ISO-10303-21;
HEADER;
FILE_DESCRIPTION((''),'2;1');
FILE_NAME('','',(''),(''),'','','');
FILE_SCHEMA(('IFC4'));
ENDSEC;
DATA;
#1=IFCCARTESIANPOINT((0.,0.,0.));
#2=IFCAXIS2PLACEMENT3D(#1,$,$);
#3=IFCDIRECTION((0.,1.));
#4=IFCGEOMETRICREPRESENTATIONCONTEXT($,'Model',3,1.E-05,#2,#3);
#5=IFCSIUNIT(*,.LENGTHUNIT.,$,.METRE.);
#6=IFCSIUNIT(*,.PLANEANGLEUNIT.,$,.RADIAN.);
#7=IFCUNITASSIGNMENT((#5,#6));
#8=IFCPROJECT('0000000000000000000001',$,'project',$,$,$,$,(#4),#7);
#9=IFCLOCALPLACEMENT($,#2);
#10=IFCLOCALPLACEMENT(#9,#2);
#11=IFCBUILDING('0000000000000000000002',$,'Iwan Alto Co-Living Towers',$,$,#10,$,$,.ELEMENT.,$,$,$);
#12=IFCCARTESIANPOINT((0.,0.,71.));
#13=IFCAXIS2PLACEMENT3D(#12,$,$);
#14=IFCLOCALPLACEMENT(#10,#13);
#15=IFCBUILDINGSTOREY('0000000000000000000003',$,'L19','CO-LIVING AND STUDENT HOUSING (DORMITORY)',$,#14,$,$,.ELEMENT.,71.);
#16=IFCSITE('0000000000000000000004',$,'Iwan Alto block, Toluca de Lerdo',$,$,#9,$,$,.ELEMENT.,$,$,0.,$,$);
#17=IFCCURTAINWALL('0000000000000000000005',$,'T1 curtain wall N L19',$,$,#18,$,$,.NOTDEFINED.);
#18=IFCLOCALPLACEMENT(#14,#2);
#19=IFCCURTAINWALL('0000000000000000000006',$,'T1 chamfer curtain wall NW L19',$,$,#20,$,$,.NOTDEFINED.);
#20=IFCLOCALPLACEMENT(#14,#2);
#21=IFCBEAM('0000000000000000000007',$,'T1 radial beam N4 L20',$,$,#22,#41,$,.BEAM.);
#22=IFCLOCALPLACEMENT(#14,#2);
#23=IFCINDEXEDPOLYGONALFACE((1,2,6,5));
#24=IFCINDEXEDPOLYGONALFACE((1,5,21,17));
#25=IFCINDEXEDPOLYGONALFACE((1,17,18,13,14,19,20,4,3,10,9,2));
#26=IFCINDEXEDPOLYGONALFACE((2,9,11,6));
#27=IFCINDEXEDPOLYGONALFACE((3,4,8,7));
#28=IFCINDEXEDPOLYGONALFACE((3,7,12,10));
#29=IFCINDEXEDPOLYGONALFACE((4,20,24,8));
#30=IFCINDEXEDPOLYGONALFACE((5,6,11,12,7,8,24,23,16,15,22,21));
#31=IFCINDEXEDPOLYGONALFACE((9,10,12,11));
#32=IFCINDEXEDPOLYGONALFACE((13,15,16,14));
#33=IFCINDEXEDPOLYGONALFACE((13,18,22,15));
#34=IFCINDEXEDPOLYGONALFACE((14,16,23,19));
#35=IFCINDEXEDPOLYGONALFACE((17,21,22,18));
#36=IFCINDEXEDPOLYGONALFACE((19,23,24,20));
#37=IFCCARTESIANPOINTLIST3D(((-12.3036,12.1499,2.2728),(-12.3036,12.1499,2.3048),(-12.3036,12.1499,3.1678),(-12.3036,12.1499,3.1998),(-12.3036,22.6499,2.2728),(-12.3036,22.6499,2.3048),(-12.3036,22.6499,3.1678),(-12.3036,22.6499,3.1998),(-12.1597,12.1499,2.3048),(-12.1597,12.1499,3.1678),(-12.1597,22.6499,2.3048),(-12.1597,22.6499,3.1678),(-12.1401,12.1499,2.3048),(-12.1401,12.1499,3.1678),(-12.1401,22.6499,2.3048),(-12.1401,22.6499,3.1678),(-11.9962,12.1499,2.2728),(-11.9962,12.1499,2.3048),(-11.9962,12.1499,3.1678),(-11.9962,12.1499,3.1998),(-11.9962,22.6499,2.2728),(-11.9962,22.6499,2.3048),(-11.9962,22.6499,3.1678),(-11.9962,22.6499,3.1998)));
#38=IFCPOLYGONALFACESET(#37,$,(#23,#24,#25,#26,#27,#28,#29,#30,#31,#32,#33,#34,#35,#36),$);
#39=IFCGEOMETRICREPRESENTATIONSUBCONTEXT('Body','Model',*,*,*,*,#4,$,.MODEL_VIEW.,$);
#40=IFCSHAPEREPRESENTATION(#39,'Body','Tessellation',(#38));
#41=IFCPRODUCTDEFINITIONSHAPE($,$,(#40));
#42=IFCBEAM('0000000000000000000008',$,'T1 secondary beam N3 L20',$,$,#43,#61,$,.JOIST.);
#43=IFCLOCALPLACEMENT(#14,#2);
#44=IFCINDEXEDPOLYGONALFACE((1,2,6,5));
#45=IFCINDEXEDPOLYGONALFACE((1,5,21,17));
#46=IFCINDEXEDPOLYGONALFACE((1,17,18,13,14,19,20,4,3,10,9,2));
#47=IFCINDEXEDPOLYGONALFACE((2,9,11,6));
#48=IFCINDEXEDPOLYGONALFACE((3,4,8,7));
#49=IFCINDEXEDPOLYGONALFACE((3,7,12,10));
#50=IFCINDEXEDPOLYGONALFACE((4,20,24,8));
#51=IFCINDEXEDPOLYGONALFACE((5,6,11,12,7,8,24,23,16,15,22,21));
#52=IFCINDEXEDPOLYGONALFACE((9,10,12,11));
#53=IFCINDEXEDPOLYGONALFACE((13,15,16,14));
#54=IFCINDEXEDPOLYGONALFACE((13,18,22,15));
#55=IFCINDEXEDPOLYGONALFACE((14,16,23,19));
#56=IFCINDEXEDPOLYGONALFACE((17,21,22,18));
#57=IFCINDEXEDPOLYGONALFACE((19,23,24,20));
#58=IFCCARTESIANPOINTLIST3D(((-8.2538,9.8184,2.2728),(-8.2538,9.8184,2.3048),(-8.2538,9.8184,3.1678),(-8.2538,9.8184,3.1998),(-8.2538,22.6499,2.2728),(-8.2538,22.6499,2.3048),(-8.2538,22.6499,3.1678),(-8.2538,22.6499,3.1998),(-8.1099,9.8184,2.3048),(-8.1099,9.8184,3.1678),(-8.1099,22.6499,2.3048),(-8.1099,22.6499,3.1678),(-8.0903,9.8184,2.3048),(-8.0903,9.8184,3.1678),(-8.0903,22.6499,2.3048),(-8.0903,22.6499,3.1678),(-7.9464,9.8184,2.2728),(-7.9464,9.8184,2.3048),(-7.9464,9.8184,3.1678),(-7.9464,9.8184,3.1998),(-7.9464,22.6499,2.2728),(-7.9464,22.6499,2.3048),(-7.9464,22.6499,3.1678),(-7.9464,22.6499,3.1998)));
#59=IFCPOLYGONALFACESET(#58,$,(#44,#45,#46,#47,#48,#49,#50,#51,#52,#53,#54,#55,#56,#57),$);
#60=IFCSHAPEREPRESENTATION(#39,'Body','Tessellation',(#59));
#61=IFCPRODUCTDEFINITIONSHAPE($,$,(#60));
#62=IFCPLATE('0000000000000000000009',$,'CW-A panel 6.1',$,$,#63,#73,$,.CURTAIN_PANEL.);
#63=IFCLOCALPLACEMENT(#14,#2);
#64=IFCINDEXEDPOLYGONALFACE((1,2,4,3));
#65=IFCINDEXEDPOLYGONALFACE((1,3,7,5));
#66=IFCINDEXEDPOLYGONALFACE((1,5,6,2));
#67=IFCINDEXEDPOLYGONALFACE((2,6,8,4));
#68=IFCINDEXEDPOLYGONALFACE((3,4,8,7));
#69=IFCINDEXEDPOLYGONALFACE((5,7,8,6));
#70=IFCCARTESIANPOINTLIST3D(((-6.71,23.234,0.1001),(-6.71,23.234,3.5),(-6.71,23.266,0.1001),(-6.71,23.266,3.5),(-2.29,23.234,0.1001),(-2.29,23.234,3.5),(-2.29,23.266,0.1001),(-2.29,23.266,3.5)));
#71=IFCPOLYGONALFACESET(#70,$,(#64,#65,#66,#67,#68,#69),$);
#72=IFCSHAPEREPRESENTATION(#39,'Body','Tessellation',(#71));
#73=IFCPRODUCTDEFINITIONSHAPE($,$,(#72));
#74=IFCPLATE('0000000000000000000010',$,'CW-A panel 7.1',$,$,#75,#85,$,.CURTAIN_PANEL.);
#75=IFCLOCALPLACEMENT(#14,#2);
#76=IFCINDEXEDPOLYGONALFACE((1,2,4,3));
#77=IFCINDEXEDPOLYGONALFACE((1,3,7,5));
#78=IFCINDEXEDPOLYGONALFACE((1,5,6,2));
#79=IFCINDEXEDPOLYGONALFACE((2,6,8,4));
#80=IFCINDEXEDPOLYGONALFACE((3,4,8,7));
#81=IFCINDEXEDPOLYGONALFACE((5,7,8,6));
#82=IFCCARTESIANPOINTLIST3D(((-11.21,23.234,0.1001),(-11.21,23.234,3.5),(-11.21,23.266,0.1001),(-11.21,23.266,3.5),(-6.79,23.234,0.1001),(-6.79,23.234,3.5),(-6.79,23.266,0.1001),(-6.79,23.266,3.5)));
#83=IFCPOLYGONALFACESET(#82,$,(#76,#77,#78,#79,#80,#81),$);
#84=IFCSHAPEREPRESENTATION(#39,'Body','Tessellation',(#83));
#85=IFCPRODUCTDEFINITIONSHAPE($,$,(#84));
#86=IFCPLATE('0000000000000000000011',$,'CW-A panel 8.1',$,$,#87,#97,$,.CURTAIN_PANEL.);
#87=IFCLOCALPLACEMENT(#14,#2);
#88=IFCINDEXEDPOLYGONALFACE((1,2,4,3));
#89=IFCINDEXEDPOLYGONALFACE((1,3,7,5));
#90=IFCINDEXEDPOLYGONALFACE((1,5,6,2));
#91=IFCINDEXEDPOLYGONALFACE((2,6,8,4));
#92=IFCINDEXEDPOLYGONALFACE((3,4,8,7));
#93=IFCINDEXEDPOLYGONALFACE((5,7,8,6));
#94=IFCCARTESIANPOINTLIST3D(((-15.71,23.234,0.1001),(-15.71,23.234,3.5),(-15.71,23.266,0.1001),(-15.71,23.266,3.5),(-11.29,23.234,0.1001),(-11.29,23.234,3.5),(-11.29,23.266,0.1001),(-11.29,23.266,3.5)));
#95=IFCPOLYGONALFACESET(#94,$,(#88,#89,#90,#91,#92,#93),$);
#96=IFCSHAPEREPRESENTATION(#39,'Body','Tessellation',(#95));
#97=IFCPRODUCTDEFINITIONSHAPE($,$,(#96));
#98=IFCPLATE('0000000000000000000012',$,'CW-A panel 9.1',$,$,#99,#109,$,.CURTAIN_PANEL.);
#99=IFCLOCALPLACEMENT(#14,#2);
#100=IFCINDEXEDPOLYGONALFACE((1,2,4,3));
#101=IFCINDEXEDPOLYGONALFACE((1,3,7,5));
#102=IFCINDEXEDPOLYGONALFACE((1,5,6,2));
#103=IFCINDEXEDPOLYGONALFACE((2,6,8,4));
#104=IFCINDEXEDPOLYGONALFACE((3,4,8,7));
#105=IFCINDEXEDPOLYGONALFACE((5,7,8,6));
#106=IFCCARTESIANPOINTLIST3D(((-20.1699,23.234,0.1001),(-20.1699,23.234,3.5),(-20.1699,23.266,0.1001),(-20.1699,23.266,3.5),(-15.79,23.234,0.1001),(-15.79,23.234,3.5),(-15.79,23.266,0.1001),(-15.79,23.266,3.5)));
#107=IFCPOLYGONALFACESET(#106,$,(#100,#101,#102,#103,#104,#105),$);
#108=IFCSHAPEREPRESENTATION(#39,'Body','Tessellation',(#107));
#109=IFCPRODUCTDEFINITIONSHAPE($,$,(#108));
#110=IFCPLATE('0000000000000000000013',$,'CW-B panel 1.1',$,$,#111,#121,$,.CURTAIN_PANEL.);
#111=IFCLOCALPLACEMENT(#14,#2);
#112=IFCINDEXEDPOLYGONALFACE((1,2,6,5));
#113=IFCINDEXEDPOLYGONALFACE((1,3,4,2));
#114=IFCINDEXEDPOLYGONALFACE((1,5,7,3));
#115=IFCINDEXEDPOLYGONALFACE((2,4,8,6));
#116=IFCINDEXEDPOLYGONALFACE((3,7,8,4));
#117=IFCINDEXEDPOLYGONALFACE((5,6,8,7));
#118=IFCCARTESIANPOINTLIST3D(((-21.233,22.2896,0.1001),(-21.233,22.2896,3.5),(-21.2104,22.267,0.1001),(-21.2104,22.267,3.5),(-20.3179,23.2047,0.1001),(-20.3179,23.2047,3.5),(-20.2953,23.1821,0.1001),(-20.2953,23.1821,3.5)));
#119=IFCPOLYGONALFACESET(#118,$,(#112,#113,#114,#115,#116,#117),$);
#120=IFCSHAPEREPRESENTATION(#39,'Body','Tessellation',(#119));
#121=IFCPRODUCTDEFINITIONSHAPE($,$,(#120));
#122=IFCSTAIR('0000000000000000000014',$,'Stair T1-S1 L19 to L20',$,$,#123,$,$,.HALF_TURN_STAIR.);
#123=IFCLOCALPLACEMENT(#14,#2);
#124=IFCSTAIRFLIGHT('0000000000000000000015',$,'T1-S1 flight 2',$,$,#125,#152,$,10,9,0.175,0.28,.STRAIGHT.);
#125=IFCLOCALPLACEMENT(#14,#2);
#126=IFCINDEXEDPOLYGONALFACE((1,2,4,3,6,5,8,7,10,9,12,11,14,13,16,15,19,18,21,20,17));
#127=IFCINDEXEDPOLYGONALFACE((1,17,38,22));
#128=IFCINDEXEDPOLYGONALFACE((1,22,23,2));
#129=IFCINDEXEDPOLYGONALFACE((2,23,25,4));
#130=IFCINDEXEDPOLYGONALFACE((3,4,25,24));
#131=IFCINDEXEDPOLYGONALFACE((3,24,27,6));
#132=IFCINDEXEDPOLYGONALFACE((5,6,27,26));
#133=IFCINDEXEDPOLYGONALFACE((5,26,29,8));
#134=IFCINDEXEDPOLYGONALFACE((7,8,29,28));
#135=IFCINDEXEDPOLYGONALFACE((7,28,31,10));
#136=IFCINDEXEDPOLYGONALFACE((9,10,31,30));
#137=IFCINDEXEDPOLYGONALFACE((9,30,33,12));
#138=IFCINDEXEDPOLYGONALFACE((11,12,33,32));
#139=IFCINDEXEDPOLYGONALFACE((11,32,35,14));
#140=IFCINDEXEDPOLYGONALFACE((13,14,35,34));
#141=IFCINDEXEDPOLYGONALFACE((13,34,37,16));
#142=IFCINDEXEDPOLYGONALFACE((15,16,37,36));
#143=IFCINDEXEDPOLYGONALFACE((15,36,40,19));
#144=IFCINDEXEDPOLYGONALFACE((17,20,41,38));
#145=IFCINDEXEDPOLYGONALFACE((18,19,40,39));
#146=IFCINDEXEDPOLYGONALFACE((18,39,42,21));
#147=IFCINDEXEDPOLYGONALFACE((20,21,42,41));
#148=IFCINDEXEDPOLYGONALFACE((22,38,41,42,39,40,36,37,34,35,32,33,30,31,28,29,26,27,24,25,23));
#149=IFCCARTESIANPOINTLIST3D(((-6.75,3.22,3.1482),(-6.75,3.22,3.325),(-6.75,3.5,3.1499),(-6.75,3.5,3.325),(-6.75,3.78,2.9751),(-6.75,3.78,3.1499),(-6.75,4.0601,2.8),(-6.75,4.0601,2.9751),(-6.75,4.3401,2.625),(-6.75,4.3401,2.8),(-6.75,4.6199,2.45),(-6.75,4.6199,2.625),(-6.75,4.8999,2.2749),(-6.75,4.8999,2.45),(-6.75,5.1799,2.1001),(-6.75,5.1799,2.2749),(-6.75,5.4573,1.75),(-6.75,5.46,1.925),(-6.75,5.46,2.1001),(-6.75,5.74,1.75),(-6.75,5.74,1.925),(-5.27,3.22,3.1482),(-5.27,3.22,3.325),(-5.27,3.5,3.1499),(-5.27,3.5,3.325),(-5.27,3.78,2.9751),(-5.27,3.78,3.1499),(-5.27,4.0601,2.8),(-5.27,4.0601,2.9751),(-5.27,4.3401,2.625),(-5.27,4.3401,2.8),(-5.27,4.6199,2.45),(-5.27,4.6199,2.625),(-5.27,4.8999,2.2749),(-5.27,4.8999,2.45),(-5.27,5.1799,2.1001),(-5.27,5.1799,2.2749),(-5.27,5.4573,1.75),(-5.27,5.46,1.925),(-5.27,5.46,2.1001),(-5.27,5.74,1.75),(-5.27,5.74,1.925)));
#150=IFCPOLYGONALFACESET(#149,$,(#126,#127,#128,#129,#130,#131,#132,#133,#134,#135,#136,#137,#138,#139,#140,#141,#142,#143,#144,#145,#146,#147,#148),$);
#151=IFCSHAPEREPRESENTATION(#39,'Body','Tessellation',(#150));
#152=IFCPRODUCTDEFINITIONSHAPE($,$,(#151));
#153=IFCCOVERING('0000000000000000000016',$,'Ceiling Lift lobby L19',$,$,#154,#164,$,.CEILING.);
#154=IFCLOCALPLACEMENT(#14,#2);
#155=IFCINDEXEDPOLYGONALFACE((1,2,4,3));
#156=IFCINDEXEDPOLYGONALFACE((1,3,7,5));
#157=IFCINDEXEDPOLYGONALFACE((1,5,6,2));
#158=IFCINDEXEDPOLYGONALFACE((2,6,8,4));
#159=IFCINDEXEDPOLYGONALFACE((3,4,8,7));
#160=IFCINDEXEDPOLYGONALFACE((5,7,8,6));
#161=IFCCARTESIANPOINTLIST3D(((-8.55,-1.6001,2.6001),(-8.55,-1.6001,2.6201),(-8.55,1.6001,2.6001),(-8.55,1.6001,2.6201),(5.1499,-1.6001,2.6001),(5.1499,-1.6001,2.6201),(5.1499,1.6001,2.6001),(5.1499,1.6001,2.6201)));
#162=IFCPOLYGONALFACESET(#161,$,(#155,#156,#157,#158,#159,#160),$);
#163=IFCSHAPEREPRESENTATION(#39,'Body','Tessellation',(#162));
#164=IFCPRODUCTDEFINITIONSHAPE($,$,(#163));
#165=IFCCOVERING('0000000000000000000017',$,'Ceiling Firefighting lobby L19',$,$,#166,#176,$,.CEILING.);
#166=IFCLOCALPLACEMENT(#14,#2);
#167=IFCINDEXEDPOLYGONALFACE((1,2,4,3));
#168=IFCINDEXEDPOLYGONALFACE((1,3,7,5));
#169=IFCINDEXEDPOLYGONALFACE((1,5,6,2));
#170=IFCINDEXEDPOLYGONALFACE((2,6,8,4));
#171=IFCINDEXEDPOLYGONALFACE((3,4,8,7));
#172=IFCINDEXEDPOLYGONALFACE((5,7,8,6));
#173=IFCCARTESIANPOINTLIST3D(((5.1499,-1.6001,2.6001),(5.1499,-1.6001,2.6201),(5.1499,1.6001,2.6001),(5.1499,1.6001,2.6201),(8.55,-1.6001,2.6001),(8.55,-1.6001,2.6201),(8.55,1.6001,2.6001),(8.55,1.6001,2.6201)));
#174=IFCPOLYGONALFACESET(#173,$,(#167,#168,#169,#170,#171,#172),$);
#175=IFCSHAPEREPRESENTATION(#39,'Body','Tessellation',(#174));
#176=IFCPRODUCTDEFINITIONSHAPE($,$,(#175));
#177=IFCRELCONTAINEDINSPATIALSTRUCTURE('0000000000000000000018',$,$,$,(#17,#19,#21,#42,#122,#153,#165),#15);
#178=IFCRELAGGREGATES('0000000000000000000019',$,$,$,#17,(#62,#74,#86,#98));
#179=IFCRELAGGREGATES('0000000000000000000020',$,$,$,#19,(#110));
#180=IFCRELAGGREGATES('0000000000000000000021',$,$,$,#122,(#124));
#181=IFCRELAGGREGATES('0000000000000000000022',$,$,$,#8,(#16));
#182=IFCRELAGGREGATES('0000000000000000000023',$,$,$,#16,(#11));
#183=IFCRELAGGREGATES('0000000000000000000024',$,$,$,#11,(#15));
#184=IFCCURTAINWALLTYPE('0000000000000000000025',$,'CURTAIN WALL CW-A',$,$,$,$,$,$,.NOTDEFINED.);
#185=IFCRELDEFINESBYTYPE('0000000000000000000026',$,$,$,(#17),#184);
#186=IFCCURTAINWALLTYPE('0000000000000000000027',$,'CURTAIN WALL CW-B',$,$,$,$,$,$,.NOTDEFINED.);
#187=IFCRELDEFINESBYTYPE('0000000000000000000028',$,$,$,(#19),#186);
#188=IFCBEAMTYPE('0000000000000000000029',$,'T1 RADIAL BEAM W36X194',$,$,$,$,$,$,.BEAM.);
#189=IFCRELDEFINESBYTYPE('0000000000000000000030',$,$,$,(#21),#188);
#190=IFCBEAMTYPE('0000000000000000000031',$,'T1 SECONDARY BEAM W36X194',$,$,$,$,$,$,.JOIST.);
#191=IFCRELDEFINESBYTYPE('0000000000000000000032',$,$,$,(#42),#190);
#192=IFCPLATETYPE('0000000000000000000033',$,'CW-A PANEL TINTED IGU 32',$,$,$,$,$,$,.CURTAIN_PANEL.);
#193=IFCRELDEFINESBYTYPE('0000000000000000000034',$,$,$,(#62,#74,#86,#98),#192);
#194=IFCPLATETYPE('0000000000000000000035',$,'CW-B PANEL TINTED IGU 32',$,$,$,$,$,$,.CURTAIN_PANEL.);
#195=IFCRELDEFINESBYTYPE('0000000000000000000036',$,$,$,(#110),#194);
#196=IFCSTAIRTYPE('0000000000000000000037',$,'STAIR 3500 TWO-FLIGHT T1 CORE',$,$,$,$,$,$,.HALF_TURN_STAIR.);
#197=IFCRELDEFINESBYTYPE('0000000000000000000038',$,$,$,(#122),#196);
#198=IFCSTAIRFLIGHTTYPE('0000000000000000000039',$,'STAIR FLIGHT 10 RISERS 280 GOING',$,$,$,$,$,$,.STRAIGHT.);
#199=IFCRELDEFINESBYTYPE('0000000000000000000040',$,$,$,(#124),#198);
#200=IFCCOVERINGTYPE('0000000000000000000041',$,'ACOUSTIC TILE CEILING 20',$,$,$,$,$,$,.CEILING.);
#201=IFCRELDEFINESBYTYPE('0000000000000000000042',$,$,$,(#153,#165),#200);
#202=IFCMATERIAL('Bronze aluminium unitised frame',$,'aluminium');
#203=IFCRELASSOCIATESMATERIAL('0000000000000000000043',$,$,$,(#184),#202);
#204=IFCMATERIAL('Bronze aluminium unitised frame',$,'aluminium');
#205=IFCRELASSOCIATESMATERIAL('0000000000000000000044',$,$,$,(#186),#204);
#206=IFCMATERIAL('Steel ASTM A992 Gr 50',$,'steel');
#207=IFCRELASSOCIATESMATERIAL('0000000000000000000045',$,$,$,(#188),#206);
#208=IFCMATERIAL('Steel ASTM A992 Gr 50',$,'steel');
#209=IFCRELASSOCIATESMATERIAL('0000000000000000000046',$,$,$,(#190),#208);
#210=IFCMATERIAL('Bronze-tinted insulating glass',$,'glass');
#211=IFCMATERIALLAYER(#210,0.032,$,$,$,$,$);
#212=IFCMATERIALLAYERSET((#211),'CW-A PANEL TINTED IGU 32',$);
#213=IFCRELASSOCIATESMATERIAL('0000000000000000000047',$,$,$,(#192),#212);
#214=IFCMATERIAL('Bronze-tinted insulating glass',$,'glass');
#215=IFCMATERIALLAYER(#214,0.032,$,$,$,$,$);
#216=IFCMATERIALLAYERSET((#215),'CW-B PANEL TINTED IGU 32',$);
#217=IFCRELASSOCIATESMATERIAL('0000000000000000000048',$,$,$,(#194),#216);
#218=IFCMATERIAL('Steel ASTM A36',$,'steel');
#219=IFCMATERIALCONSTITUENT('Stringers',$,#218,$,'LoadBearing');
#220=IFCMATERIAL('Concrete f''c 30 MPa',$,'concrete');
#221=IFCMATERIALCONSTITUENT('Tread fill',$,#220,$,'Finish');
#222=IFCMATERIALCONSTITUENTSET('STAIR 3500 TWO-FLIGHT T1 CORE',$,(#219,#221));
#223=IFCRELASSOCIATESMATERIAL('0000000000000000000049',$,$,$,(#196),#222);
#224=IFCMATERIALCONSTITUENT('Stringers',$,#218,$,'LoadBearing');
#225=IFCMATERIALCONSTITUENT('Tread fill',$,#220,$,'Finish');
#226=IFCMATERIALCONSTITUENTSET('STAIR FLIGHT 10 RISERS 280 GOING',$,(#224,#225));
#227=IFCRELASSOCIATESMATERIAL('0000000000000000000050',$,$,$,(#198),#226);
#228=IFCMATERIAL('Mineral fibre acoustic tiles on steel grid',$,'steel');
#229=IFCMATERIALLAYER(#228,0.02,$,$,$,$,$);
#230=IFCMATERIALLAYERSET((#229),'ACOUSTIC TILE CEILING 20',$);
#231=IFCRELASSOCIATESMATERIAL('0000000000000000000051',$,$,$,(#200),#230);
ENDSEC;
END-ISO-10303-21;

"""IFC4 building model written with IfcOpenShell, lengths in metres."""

from ifc_helpers import new_model, si_unit, direction, frame, origin, origin_2d, place, context, subcontext, project, spatial, polyline, rectangle, i_section, outline, extrude, material, layer, layer_set, constituent, constituent_set, material_profile, profile_set, type_object, element, aggregate, save


model = new_model("IFC4")

# Units and contexts
model_context = context("Model", 3, precision=1e-05, world=origin(), true_north=direction((0.0, 1.0)))
body_context = subcontext(model_context, "Body", "Model", "MODEL_VIEW")
ifc_project = project(units=[si_unit("LENGTHUNIT", "METRE"), si_unit("PLANEANGLEUNIT", "RADIAN")], contexts=[model_context])

# Site, building, storey
site_placement = place(None, origin())
site = spatial("IfcSite", under=ifc_project, at=site_placement, Name="Iwan Alto block, Toluca de Lerdo", CompositionType="ELEMENT", RefElevation=0.0)
building_placement = place(site_placement, origin())
building = spatial("IfcBuilding", under=site, at=building_placement, Name="Iwan Alto Co-Living Towers", CompositionType="ELEMENT")
storey_placement = place(building_placement, frame((0.0, 0.0, 71.0)))
storey = spatial("IfcBuildingStorey", under=building, at=storey_placement, Name="L19", Description="CO-LIVING AND STUDENT HOUSING (DORMITORY)", CompositionType="ELEMENT", Elevation=71.0)

# Curtain wall
ifc_material_1 = material(Name="Bronze aluminium unitised frame", Category="aluminium")
curtain_wall_type_1 = type_object("IfcCurtainWallType", Name="CURTAIN WALL CW-A", PredefinedType="NOTDEFINED", material=ifc_material_1)
curtain_wall_1_placement = place(storey_placement, origin())
curtain_wall_1 = element("IfcCurtainWall", 1, at=curtain_wall_1_placement, inside=storey, type_object=curtain_wall_type_1, Name="T1 curtain wall N L19", PredefinedType="NOTDEFINED")

# Curtain wall
ifc_material_2 = material(Name="Bronze aluminium unitised frame", Category="aluminium")
curtain_wall_type_2 = type_object("IfcCurtainWallType", Name="CURTAIN WALL CW-B", PredefinedType="NOTDEFINED", material=ifc_material_2)
curtain_wall_2_placement = place(storey_placement, origin())
curtain_wall_2 = element("IfcCurtainWall", 2, at=curtain_wall_2_placement, inside=storey, type_object=curtain_wall_type_2, Name="T1 chamfer curtain wall NW L19", PredefinedType="NOTDEFINED")

# Beams
ifc_material_3 = material(Name="Steel ASTM A992 Gr 50", Category="steel")
ifc_material_profile_1 = material_profile(ifc_material_3, i_section(OverallWidth=0.3074, OverallDepth=0.927, WebThickness=0.0195, FlangeThickness=0.032, at=origin_2d()), Name="W36X194")
ifc_profile_set_1 = profile_set([ifc_material_profile_1], Name="Steel ASTM A992 Gr 50")
beam_type_1 = type_object("IfcBeamType", Name="T1 RADIAL BEAM W36X194", PredefinedType="BEAM", material=ifc_profile_set_1)
beam_1_placement = place(storey_placement, frame((-12.1499, 22.6499, 2.7363), z_axis=(0.0, -1.0, 0.0), x_axis=(1.0, 0.0, 0.0)))
element("IfcBeam", 3, at=beam_1_placement, inside=storey, type_object=beam_type_1, Name="T1 radial beam N4 L20", PredefinedType="BEAM", context=body_context, shape_type="SweptSolid", body=[
    extrude(i_section(OverallWidth=0.3074, OverallDepth=0.927, WebThickness=0.0195, FlangeThickness=0.032, at=origin_2d()), origin(), (0.0, 0.0, 1.0), 10.5),
])
ifc_material_4 = material(Name="Steel ASTM A992 Gr 50", Category="steel")
ifc_material_profile_2 = material_profile(ifc_material_4, i_section(OverallWidth=0.3074, OverallDepth=0.927, WebThickness=0.0195, FlangeThickness=0.032, at=origin_2d()), Name="W36X194")
ifc_profile_set_2 = profile_set([ifc_material_profile_2], Name="Steel ASTM A992 Gr 50")
beam_type_2 = type_object("IfcBeamType", Name="T1 SECONDARY BEAM W36X194", PredefinedType="JOIST", material=ifc_profile_set_2)
beam_2_placement = place(storey_placement, frame((-8.1001, 22.6499, 2.7363), z_axis=(0.0, -1.0, 0.0), x_axis=(1.0, 0.0, 0.0)))
element("IfcBeam", 4, at=beam_2_placement, inside=storey, type_object=beam_type_2, Name="T1 secondary beam N3 L20", PredefinedType="JOIST", context=body_context, shape_type="SweptSolid", body=[
    extrude(i_section(OverallWidth=0.3074, OverallDepth=0.927, WebThickness=0.0195, FlangeThickness=0.032, at=origin_2d()), origin(), (0.0, 0.0, 1.0), 12.8315),
])

# Plates
ifc_material_5 = material(Name="Bronze-tinted insulating glass", Category="glass")
ifc_layer_1 = layer(ifc_material_5, 0.032)
ifc_layer_set_1 = layer_set([ifc_layer_1], Name="CW-A PANEL TINTED IGU 32")
plate_type_1 = type_object("IfcPlateType", Name="CW-A PANEL TINTED IGU 32", PredefinedType="CURTAIN_PANEL", material=ifc_layer_set_1)
plate_1_placement = place(storey_placement, frame((-4.5, 23.25, 0.1001), z_axis=(0.0, 0.0, 1.0), x_axis=(-1.0, 0.0, 0.0)))
plate_1 = element("IfcPlate", 5, at=plate_1_placement, type_object=plate_type_1, Name="CW-A panel 6.1", PredefinedType="CURTAIN_PANEL", context=body_context, shape_type="SweptSolid", body=[
    extrude(rectangle(XDim=4.4199, YDim=0.032, at=origin_2d()), origin(), (0.0, 0.0, 1.0), 3.3999),
])
plate_2_placement = place(storey_placement, frame((-9.0, 23.25, 0.1001), z_axis=(0.0, 0.0, 1.0), x_axis=(-1.0, 0.0, 0.0)))
plate_2 = element("IfcPlate", 6, at=plate_2_placement, type_object=plate_type_1, Name="CW-A panel 7.1", PredefinedType="CURTAIN_PANEL", context=body_context, shape_type="SweptSolid", body=[
    extrude(rectangle(XDim=4.4199, YDim=0.032, at=origin_2d()), origin(), (0.0, 0.0, 1.0), 3.3999),
])
plate_3_placement = place(storey_placement, frame((-13.5, 23.25, 0.1001), z_axis=(0.0, 0.0, 1.0), x_axis=(-1.0, 0.0, 0.0)))
plate_3 = element("IfcPlate", 7, at=plate_3_placement, type_object=plate_type_1, Name="CW-A panel 8.1", PredefinedType="CURTAIN_PANEL", context=body_context, shape_type="SweptSolid", body=[
    extrude(rectangle(XDim=4.4199, YDim=0.032, at=origin_2d()), origin(), (0.0, 0.0, 1.0), 3.3999),
])
plate_4_placement = place(storey_placement, frame((-17.98, 23.25, 0.1001), z_axis=(0.0, 0.0, 1.0), x_axis=(-1.0, 0.0, 0.0)))
plate_4 = element("IfcPlate", 8, at=plate_4_placement, type_object=plate_type_1, Name="CW-A panel 9.1", PredefinedType="CURTAIN_PANEL", context=body_context, shape_type="SweptSolid", body=[
    extrude(rectangle(XDim=4.3799, YDim=0.032, at=origin_2d()), origin(), (0.0, 0.0, 1.0), 3.3999),
])
aggregate(curtain_wall_1, [plate_1, plate_2, plate_3, plate_4])
ifc_material_6 = material(Name="Bronze-tinted insulating glass", Category="glass")
ifc_layer_2 = layer(ifc_material_6, 0.032)
ifc_layer_set_2 = layer_set([ifc_layer_2], Name="CW-B PANEL TINTED IGU 32")
plate_type_2 = type_object("IfcPlateType", Name="CW-B PANEL TINTED IGU 32", PredefinedType="CURTAIN_PANEL", material=ifc_layer_set_2)
plate_5_placement = place(storey_placement, frame((-20.7642, 22.7358, 0.1001), z_axis=(0.0, 0.0, 1.0), x_axis=(-0.707107, -0.707107, 0.0)))
plate_5 = element("IfcPlate", 9, at=plate_5_placement, type_object=plate_type_2, Name="CW-B panel 1.1", PredefinedType="CURTAIN_PANEL", context=body_context, shape_type="SweptSolid", body=[
    extrude(rectangle(XDim=1.2942, YDim=0.032, at=origin_2d()), origin(), (0.0, 0.0, 1.0), 3.3999),
])
aggregate(curtain_wall_2, [plate_5])

# Stair, stair flight
ifc_material_7 = material(Name="Steel ASTM A36", Category="steel")
ifc_constituent_1 = constituent(ifc_material_7, Name="Stringers", Category="LoadBearing")
ifc_material_8 = material(Name="Concrete f'c 30 MPa", Category="concrete")
ifc_constituent_2 = constituent(ifc_material_8, Name="Tread fill", Category="Finish")
ifc_constituent_set_1 = constituent_set(constituents=[ifc_constituent_1, ifc_constituent_2], Name="STAIR 3500 TWO-FLIGHT T1 CORE")
stair_type = type_object("IfcStairType", Name="STAIR 3500 TWO-FLIGHT T1 CORE", PredefinedType="HALF_TURN_STAIR", material=ifc_constituent_set_1)
stair_placement = place(storey_placement, origin())
stair = element("IfcStair", 10, at=stair_placement, inside=storey, type_object=stair_type, Name="Stair T1-S1 L19 to L20", PredefinedType="HALF_TURN_STAIR")
ifc_constituent_3 = constituent(ifc_material_7, Name="Stringers", Category="LoadBearing")
ifc_constituent_4 = constituent(ifc_material_8, Name="Tread fill", Category="Finish")
ifc_constituent_set_2 = constituent_set(constituents=[ifc_constituent_3, ifc_constituent_4], Name="STAIR FLIGHT 10 RISERS 280 GOING")
stair_flight_type = type_object("IfcStairFlightType", Name="STAIR FLIGHT 10 RISERS 280 GOING", PredefinedType="STRAIGHT", material=ifc_constituent_set_2)
stair_flight_placement = place(storey_placement, frame((-6.01, 5.74, 1.75), z_axis=(0.0, 0.0, 1.0), x_axis=(0.0, -1.0, 0.0)))
stair_flight = element("IfcStairFlight", 11, at=stair_flight_placement, type_object=stair_flight_type, Name="T1-S1 flight 2", NumberOfRisers=10, NumberOfTreads=9, PredefinedType="STRAIGHT", RiserHeight=0.175, TreadLength=0.28, context=body_context, shape_type="SweptSolid", body=[
    extrude(outline(polyline([(0.0, 0.0), (0.0, 0.175), (0.28, 0.175), (0.28, 0.3501), (0.5601, 0.3501), (0.5601, 0.5249), (0.8401, 0.5249), (0.8401, 0.7), (1.1201, 0.7), (1.1201, 0.875), (1.3999, 0.875), (1.3999, 1.05), (1.6799, 1.05), (1.6799, 1.2251), (1.96, 1.2251), (1.96, 1.3999), (2.24, 1.3999), (2.24, 1.575), (2.52, 1.575), (2.52, 1.75), (2.52, 1.3982), (0.2827, 0.0), (0.0, 0.0)])), frame((0.0, 0.74, 0.0), z_axis=(0.0, -1.0, 0.0), x_axis=(1.0, 0.0, 0.0)), (0.0, 0.0, 1.0), 1.48),
])
aggregate(stair, [stair_flight])

# Coverings
ifc_material_9 = material(Name="Mineral fibre acoustic tiles on steel grid", Category="steel")
ifc_layer_3 = layer(ifc_material_9, 0.02)
ifc_layer_set_3 = layer_set([ifc_layer_3], Name="ACOUSTIC TILE CEILING 20")
covering_type = type_object("IfcCoveringType", Name="ACOUSTIC TILE CEILING 20", PredefinedType="CEILING", material=ifc_layer_set_3)
covering_1_placement = place(storey_placement, frame((0.0, 0.0, 2.6001)))
element("IfcCovering", 12, at=covering_1_placement, inside=storey, type_object=covering_type, Name="Ceiling Lift lobby L19", PredefinedType="CEILING", context=body_context, shape_type="SweptSolid", body=[
    extrude(outline(polyline([(-8.55, -1.6001), (-8.55, 1.6001), (5.1499, 1.6001), (5.1499, -1.6001), (-8.55, -1.6001)])), origin(), (0.0, 0.0, 1.0), 0.02),
])
covering_2_placement = place(storey_placement, frame((0.0, 0.0, 2.6001)))
element("IfcCovering", 13, at=covering_2_placement, inside=storey, type_object=covering_type, Name="Ceiling Firefighting lobby L19", PredefinedType="CEILING", context=body_context, shape_type="SweptSolid", body=[
    extrude(outline(polyline([(5.1499, -1.6001), (5.1499, 1.6001), (8.55, 1.6001), (8.55, -1.6001), (5.1499, -1.6001)])), origin(), (0.0, 0.0, 1.0), 0.02),
])

save(model, "model.ifc")
